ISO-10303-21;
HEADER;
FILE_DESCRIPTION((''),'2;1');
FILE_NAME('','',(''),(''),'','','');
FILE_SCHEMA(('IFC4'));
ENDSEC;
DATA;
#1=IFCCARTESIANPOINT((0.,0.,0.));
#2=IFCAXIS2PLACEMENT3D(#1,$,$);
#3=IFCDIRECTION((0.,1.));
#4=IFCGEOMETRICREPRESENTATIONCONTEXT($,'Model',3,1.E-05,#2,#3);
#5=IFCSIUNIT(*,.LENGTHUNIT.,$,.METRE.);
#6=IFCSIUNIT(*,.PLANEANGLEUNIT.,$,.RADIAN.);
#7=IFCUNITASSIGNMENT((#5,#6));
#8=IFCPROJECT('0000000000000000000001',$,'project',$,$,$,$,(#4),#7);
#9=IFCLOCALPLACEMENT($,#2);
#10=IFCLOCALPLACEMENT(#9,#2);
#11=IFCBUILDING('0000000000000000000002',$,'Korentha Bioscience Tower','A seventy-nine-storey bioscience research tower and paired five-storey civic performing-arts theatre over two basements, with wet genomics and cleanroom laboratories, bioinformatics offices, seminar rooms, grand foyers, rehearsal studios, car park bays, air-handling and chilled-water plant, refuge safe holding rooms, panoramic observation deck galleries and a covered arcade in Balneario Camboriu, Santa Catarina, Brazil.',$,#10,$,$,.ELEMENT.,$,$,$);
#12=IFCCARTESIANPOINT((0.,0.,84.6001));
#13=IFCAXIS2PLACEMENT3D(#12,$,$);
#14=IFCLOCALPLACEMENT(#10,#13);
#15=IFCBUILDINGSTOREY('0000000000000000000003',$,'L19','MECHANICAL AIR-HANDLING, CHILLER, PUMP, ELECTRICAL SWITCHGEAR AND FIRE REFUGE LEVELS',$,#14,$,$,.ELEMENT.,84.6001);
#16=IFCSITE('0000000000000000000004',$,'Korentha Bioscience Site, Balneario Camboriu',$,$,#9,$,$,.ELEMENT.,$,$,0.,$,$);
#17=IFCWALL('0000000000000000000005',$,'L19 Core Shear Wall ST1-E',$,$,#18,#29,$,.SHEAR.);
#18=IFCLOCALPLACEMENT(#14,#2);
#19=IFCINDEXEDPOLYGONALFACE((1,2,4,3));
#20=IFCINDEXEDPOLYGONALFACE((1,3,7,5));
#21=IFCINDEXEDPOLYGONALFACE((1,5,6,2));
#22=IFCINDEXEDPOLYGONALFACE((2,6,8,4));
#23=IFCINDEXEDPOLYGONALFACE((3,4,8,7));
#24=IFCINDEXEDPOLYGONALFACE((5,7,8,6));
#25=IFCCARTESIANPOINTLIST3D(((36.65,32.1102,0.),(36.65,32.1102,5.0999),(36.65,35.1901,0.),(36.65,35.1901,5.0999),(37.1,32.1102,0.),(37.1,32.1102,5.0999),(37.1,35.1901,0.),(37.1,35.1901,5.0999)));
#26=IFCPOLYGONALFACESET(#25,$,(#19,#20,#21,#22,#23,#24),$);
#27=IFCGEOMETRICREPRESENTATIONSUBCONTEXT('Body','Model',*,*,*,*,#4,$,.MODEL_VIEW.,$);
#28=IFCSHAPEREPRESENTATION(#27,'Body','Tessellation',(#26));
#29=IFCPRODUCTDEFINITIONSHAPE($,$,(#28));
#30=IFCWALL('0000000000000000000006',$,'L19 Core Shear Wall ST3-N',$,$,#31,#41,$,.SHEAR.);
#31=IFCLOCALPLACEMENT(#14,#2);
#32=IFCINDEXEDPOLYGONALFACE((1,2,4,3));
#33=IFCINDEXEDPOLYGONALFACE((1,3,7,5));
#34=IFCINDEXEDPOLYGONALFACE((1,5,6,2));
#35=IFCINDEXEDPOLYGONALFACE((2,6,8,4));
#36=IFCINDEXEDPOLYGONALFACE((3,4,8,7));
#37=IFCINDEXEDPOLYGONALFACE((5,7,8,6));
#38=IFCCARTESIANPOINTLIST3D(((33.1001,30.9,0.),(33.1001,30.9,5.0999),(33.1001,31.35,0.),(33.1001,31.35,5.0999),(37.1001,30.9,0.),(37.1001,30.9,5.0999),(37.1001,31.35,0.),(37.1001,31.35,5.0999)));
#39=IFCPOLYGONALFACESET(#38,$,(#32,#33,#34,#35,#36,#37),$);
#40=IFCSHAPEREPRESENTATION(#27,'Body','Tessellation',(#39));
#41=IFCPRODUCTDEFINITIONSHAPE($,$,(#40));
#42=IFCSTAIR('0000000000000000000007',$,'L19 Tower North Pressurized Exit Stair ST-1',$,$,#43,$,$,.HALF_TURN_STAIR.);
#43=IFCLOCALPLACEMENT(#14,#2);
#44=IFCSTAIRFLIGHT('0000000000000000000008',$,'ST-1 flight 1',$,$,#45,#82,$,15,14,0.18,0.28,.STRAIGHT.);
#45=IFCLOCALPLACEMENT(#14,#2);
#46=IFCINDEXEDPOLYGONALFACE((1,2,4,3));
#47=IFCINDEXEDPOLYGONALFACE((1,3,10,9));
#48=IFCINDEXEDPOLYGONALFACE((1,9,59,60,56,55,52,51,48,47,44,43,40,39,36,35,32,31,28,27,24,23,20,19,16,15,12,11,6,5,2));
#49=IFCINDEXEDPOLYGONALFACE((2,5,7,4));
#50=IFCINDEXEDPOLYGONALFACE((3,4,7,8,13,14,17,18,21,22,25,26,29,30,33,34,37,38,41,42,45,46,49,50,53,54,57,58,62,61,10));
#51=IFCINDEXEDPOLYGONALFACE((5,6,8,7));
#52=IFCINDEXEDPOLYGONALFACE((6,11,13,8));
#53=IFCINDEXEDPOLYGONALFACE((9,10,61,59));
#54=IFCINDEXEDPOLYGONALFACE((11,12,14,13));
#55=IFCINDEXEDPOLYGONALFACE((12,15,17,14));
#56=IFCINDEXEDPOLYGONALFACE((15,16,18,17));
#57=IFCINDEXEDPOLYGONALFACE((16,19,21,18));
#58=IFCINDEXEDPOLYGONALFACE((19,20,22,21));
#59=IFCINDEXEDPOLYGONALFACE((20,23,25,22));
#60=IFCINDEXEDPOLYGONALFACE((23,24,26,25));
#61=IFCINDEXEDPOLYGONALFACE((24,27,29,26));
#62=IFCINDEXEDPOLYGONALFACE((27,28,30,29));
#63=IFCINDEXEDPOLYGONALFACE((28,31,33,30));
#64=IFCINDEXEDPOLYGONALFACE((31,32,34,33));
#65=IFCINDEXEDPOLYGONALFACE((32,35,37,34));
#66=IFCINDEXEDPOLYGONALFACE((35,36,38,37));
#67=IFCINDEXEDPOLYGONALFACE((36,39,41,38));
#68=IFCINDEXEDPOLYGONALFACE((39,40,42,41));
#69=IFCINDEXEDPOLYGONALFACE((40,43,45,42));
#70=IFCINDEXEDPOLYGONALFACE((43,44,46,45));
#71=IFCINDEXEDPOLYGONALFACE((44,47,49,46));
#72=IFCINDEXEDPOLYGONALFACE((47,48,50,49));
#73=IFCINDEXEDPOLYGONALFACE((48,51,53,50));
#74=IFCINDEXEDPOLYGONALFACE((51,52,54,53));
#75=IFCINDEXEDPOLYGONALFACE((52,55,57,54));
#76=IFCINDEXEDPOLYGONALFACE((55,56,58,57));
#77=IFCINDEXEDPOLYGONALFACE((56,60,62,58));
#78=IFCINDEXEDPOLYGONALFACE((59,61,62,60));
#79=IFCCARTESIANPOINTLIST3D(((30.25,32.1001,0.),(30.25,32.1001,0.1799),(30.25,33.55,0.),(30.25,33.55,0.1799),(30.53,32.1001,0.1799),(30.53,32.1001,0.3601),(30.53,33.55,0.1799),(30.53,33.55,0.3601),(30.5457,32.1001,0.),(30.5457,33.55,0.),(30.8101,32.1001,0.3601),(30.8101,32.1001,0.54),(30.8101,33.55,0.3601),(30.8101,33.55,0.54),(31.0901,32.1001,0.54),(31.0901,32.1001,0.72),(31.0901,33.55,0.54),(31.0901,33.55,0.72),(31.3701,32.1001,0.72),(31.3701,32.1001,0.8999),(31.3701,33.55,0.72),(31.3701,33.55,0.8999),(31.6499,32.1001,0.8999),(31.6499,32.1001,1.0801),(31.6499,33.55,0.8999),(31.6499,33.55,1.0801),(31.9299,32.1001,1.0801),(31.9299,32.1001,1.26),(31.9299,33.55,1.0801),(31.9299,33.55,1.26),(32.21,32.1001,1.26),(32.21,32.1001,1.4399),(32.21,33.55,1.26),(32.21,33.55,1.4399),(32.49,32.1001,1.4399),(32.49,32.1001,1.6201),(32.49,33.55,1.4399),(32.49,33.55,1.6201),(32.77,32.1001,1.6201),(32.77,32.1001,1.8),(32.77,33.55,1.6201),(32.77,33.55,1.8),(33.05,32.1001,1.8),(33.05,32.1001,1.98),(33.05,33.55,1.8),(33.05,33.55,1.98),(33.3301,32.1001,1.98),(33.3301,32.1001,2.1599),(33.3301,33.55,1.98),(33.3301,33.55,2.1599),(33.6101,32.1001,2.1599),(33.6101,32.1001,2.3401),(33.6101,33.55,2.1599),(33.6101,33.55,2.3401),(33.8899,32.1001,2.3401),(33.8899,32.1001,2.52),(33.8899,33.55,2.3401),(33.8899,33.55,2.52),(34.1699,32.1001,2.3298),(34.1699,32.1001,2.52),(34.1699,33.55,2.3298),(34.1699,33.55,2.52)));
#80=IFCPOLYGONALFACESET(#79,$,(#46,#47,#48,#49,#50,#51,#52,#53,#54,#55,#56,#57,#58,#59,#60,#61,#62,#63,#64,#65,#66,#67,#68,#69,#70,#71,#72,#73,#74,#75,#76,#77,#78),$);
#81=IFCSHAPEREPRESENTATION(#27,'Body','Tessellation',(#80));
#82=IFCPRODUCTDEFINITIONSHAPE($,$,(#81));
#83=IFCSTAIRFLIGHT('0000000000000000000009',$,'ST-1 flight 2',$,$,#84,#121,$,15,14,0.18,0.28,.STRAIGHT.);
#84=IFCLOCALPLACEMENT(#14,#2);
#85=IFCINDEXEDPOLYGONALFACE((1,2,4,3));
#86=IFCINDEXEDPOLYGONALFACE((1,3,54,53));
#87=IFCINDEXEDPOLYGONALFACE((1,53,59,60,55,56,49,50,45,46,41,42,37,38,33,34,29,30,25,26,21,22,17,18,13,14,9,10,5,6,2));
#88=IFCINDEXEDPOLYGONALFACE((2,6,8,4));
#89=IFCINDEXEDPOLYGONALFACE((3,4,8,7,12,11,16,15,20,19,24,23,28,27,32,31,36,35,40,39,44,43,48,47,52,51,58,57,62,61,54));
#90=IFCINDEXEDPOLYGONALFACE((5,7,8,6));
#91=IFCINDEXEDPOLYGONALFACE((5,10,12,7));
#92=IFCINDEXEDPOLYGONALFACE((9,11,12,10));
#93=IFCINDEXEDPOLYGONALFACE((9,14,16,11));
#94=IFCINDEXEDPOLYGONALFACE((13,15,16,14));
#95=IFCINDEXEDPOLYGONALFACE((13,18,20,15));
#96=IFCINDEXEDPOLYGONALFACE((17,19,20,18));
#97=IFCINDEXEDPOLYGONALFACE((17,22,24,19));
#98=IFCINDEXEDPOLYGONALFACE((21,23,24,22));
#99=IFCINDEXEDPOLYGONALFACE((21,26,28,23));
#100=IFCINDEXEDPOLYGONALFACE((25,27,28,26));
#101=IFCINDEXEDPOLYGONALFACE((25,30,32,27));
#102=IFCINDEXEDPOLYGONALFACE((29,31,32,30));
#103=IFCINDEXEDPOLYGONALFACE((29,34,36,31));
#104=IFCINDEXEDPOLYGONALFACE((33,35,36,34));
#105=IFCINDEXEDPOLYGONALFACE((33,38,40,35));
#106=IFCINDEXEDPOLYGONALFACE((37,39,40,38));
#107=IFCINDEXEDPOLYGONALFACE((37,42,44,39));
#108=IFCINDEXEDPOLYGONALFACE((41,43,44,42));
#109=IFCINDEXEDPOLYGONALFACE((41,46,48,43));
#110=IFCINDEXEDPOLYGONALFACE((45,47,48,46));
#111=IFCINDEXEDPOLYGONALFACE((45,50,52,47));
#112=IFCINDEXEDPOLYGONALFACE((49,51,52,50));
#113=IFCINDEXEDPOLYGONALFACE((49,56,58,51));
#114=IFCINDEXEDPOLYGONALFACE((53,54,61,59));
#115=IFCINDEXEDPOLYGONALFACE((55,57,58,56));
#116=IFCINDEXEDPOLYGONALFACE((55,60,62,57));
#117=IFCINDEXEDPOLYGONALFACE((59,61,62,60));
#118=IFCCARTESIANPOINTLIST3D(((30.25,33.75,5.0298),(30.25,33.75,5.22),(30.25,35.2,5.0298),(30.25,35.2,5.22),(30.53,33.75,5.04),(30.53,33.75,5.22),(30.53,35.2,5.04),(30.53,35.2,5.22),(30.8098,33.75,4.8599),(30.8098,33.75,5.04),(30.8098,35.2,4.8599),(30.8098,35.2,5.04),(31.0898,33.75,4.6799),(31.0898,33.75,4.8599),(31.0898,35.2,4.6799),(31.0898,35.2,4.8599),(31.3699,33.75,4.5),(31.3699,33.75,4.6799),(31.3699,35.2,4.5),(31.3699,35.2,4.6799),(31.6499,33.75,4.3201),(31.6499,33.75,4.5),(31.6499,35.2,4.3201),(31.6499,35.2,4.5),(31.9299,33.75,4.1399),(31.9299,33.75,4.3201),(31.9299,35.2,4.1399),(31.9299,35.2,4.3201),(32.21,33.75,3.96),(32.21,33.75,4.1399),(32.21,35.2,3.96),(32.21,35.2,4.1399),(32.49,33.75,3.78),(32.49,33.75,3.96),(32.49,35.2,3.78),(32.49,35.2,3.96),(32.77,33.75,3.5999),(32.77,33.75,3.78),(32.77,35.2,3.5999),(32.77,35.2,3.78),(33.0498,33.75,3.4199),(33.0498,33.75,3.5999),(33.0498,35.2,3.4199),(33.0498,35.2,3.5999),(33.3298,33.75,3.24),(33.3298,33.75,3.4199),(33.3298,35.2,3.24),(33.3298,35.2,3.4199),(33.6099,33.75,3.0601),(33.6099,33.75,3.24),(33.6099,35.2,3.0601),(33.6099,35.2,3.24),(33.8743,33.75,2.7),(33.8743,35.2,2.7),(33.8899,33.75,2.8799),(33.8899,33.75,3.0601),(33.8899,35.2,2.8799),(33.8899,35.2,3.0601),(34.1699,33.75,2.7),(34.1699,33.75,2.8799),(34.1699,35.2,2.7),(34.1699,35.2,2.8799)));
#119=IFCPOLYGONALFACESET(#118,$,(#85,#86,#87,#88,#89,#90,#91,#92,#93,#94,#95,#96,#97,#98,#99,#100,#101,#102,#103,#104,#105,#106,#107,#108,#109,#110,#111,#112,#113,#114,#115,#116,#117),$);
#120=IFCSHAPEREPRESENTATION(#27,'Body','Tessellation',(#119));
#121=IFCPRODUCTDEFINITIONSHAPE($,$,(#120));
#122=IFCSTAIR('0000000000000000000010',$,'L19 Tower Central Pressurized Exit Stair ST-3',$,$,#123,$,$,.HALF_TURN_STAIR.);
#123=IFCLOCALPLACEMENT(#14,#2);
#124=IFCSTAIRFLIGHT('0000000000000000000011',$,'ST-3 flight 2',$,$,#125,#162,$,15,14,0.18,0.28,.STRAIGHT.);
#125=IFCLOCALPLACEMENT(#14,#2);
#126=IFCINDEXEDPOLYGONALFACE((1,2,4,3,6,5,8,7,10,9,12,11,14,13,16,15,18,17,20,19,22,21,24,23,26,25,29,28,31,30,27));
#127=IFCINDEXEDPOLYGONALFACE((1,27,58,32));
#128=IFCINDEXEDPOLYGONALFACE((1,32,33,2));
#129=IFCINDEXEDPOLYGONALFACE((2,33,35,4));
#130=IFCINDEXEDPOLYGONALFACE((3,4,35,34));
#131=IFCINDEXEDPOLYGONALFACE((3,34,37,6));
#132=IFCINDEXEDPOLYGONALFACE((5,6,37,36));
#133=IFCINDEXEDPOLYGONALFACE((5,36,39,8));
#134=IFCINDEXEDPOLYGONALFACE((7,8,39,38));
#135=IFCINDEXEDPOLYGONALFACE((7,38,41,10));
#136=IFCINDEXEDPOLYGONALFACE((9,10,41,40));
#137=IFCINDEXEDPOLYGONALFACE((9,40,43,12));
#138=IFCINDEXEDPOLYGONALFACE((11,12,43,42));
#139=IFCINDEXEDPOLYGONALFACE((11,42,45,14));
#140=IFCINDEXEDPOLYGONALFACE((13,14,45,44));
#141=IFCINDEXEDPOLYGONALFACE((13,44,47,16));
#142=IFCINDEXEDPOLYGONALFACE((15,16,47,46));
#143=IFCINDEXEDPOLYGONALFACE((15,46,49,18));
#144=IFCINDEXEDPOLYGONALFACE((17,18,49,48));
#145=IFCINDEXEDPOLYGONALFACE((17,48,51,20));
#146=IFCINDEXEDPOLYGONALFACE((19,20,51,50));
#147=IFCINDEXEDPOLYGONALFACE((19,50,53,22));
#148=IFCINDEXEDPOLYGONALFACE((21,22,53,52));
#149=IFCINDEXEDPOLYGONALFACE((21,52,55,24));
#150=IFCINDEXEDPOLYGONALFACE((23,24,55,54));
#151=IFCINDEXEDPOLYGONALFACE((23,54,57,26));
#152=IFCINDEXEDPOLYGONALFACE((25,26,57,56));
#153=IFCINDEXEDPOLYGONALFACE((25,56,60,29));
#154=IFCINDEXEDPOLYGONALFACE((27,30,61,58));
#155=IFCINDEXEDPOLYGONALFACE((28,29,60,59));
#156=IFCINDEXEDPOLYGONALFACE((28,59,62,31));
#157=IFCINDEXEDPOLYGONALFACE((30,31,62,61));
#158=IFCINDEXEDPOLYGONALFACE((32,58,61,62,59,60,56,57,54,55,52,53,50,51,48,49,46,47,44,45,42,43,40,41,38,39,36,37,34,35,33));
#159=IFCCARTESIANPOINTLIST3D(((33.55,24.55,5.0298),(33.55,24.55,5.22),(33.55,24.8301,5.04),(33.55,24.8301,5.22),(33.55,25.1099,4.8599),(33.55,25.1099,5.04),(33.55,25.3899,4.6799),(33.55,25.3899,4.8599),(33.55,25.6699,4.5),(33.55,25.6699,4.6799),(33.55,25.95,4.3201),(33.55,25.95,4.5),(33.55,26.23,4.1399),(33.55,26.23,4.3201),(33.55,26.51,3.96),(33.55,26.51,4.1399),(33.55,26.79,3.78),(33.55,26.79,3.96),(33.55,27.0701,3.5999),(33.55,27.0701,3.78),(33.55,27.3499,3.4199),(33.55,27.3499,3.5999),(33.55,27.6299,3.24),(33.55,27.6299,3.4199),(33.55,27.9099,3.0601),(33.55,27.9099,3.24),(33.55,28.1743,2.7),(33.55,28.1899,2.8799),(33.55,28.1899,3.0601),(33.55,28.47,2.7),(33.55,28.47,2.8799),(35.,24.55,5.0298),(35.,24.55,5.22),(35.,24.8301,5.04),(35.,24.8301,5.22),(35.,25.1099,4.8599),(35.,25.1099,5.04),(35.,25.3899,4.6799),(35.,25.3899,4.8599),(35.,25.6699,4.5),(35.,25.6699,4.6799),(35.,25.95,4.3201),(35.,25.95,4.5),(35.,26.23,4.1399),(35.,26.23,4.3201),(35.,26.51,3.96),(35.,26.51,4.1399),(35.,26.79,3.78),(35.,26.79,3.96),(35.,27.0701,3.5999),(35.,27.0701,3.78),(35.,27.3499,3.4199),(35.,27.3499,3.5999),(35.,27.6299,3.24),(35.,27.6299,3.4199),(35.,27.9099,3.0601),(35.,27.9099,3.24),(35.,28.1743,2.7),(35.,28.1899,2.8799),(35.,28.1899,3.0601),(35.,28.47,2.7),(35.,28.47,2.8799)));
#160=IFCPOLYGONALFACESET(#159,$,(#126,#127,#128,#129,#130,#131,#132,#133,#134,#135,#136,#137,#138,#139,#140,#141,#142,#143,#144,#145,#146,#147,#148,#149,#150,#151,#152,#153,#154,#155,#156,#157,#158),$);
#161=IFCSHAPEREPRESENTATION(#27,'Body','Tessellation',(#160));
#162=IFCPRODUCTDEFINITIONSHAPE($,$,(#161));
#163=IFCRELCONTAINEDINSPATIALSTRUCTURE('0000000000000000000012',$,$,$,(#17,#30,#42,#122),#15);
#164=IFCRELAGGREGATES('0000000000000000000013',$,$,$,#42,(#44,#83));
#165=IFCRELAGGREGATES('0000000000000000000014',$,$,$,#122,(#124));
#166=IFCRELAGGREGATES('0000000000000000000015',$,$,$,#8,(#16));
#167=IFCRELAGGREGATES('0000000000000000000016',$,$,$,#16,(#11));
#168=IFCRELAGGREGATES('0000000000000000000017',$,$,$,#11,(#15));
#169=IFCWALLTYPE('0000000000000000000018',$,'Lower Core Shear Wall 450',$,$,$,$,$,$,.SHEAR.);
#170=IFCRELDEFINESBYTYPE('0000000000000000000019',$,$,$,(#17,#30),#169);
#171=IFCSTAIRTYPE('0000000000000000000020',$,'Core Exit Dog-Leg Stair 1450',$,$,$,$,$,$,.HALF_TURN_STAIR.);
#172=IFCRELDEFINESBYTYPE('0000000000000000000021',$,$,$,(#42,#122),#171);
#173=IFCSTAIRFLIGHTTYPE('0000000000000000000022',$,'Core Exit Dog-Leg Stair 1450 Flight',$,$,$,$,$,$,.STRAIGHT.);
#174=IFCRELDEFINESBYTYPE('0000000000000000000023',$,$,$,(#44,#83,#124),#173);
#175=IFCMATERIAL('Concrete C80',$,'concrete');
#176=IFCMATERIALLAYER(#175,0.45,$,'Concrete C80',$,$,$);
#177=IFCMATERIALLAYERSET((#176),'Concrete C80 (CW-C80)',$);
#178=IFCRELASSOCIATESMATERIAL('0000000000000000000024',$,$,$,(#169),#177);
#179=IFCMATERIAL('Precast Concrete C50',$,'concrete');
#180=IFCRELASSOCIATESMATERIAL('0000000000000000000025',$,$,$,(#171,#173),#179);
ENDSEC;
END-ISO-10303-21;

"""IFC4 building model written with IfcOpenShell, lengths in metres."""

from ifc_helpers import new_model, si_unit, direction, frame, frame_2d, origin, place, context, subcontext, project, spatial, polyline, rectangle, outline, extrude, material, layer, layer_set, type_object, element, aggregate, save


model = new_model("IFC4")

# Units and contexts
model_context = context("Model", 3, precision=1e-05, world=origin(), true_north=direction((0.0, 1.0)))
body_context = subcontext(model_context, "Body", "Model", "MODEL_VIEW")
ifc_project = project(units=[si_unit("LENGTHUNIT", "METRE"), si_unit("PLANEANGLEUNIT", "RADIAN")], contexts=[model_context])

# Site, building, storey
site_placement = place(None, origin())
site = spatial("IfcSite", under=ifc_project, at=site_placement, Name="Korentha Bioscience Site, Balneario Camboriu", CompositionType="ELEMENT", RefElevation=0.0)
building_placement = place(site_placement, origin())
building = spatial("IfcBuilding", under=site, at=building_placement, Name="Korentha Bioscience Tower", Description="A seventy-nine-storey bioscience research tower and paired five-storey civic performing-arts theatre over two basements, with wet genomics and cleanroom laboratories, bioinformatics offices, seminar rooms, grand foyers, rehearsal studios, car park bays, air-handling and chilled-water plant, refuge safe holding rooms, panoramic observation deck galleries and a covered arcade in Balneario Camboriu, Santa Catarina, Brazil.", CompositionType="ELEMENT")
storey_placement = place(building_placement, frame((0.0, 0.0, 84.6001)))
storey = spatial("IfcBuildingStorey", under=building, at=storey_placement, Name="L19", Description="MECHANICAL AIR-HANDLING, CHILLER, PUMP, ELECTRICAL SWITCHGEAR AND FIRE REFUGE LEVELS", CompositionType="ELEMENT", Elevation=84.6001)

# Walls
ifc_material_1 = material(Name="Concrete C80", Category="concrete")
ifc_layer_1 = layer(ifc_material_1, 0.45, Name="Concrete C80")
ifc_layer_set_1 = layer_set([ifc_layer_1], Name="Concrete C80 (CW-C80)")
wall_type_1 = type_object("IfcWallType", Name="Lower Core Shear Wall 450", PredefinedType="SHEAR", material=ifc_layer_set_1)
wall_1_placement = place(storey_placement, frame((36.875, 32.1101, 0.0), z_axis=(0.0, 0.0, 1.0), x_axis=(0.0, 1.0, 0.0)))
element("IfcWall", 1, at=wall_1_placement, inside=storey, type_object=wall_type_1, Name="L19 Core Shear Wall ST1-E", PredefinedType="SHEAR", context=body_context, shape_type="SweptSolid", body=[
    extrude(rectangle(XDim=3.0798, YDim=0.45, at=frame_2d((1.54, 0.0))), origin(), (0.0, 0.0, 1.0), 5.0999),
])
wall_2_placement = place(storey_placement, frame((33.1001, 31.125, 0.0), z_axis=(0.0, 0.0, 1.0), x_axis=(1.0, 0.0, 0.0)))
element("IfcWall", 2, at=wall_2_placement, inside=storey, type_object=wall_type_1, Name="L19 Core Shear Wall ST3-N", PredefinedType="SHEAR", context=body_context, shape_type="SweptSolid", body=[
    extrude(rectangle(XDim=4.0, YDim=0.45, at=frame_2d((2.0, 0.0))), origin(), (0.0, 0.0, 1.0), 5.0999),
])

# Stair, stair flights
ifc_material_2 = material(Name="Precast Concrete C50", Category="concrete")
stair_type = type_object("IfcStairType", Name="Core Exit Dog-Leg Stair 1450", PredefinedType="HALF_TURN_STAIR", material=ifc_material_2)
stair_1_placement = place(storey_placement, origin())
stair_1 = element("IfcStair", 3, at=stair_1_placement, inside=storey, type_object=stair_type, Name="L19 Tower North Pressurized Exit Stair ST-1", PredefinedType="HALF_TURN_STAIR")
stair_flight_type = type_object("IfcStairFlightType", Name="Core Exit Dog-Leg Stair 1450 Flight", PredefinedType="STRAIGHT", material=ifc_material_2)
stair_flight_1_placement = place(storey_placement, frame((30.25, 32.825, 0.0), z_axis=(0.0, 0.0, 1.0), x_axis=(1.0, 0.0, 0.0)))
stair_flight_1 = element("IfcStairFlight", 4, at=stair_flight_1_placement, type_object=stair_flight_type, Name="ST-1 flight 1", NumberOfRisers=15, NumberOfTreads=14, PredefinedType="STRAIGHT", RiserHeight=0.18, TreadLength=0.28, context=body_context, shape_type="SweptSolid", body=[
    extrude(outline(polyline([(0.0, 0.0), (0.0, 0.1799), (0.28, 0.1799), (0.28, 0.3601), (0.5601, 0.3601), (0.5601, 0.54), (0.8401, 0.54), (0.8401, 0.72), (1.1201, 0.72), (1.1201, 0.8999), (1.3999, 0.8999), (1.3999, 1.0801), (1.6799, 1.0801), (1.6799, 1.26), (1.96, 1.26), (1.96, 1.4399), (2.24, 1.4399), (2.24, 1.6201), (2.52, 1.6201), (2.52, 1.8), (2.8, 1.8), (2.8, 1.98), (3.0801, 1.98), (3.0801, 2.1599), (3.3601, 2.1599), (3.3601, 2.3401), (3.6399, 2.3401), (3.6399, 2.52), (3.9199, 2.52), (3.9199, 2.7), (3.9199, 2.3298), (0.2957, 0.0), (0.0, 0.0)])), frame((0.0, 0.7251, 0.0), z_axis=(0.0, -1.0, 0.0), x_axis=(1.0, 0.0, 0.0)), (0.0, 0.0, 1.0), 1.45),
])
stair_flight_2_placement = place(storey_placement, frame((34.1699, 34.4751, 2.7), z_axis=(0.0, 0.0, 1.0), x_axis=(-1.0, 0.0, 0.0)))
stair_flight_2 = element("IfcStairFlight", 5, at=stair_flight_2_placement, type_object=stair_flight_type, Name="ST-1 flight 2", NumberOfRisers=15, NumberOfTreads=14, PredefinedType="STRAIGHT", RiserHeight=0.18, TreadLength=0.28, context=body_context, shape_type="SweptSolid", body=[
    extrude(outline(polyline([(0.0, 0.0), (0.0, 0.1799), (0.28, 0.1799), (0.28, 0.3601), (0.5601, 0.3601), (0.5601, 0.54), (0.8401, 0.54), (0.8401, 0.72), (1.1201, 0.72), (1.1201, 0.8999), (1.3999, 0.8999), (1.3999, 1.0801), (1.6799, 1.0801), (1.6799, 1.26), (1.96, 1.26), (1.96, 1.4399), (2.24, 1.4399), (2.24, 1.6201), (2.52, 1.6201), (2.52, 1.8), (2.8, 1.8), (2.8, 1.98), (3.0801, 1.98), (3.0801, 2.1599), (3.3601, 2.1599), (3.3601, 2.3401), (3.6399, 2.3401), (3.6399, 2.52), (3.9199, 2.52), (3.9199, 2.7), (3.9199, 2.3298), (0.2957, 0.0), (0.0, 0.0)])), frame((0.0, 0.7251, 0.0), z_axis=(0.0, -1.0, 0.0), x_axis=(1.0, 0.0, 0.0)), (0.0, 0.0, 1.0), 1.45),
])
aggregate(stair_1, [stair_flight_1, stair_flight_2])

# Stair, stair flight
stair_2_placement = place(storey_placement, origin())
stair_2 = element("IfcStair", 6, at=stair_2_placement, inside=storey, type_object=stair_type, Name="L19 Tower Central Pressurized Exit Stair ST-3", PredefinedType="HALF_TURN_STAIR")
stair_flight_3_placement = place(storey_placement, frame((34.2749, 28.47, 2.7), z_axis=(0.0, 0.0, 1.0), x_axis=(0.0, -1.0, 0.0)))
stair_flight_3 = element("IfcStairFlight", 7, at=stair_flight_3_placement, type_object=stair_flight_type, Name="ST-3 flight 2", NumberOfRisers=15, NumberOfTreads=14, PredefinedType="STRAIGHT", RiserHeight=0.18, TreadLength=0.28, context=body_context, shape_type="SweptSolid", body=[
    extrude(outline(polyline([(0.0, 0.0), (0.0, 0.1799), (0.28, 0.1799), (0.28, 0.3601), (0.5601, 0.3601), (0.5601, 0.54), (0.8401, 0.54), (0.8401, 0.72), (1.1201, 0.72), (1.1201, 0.8999), (1.3999, 0.8999), (1.3999, 1.0801), (1.6799, 1.0801), (1.6799, 1.26), (1.96, 1.26), (1.96, 1.4399), (2.24, 1.4399), (2.24, 1.6201), (2.52, 1.6201), (2.52, 1.8), (2.8, 1.8), (2.8, 1.98), (3.0801, 1.98), (3.0801, 2.1599), (3.3601, 2.1599), (3.3601, 2.3401), (3.6399, 2.3401), (3.6399, 2.52), (3.9199, 2.52), (3.9199, 2.7), (3.9199, 2.3298), (0.2957, 0.0), (0.0, 0.0)])), frame((0.0, 0.7251, 0.0), z_axis=(0.0, -1.0, 0.0), x_axis=(1.0, 0.0, 0.0)), (0.0, 0.0, 1.0), 1.45),
])
aggregate(stair_2, [stair_flight_3])

save(model, "model.ifc")
